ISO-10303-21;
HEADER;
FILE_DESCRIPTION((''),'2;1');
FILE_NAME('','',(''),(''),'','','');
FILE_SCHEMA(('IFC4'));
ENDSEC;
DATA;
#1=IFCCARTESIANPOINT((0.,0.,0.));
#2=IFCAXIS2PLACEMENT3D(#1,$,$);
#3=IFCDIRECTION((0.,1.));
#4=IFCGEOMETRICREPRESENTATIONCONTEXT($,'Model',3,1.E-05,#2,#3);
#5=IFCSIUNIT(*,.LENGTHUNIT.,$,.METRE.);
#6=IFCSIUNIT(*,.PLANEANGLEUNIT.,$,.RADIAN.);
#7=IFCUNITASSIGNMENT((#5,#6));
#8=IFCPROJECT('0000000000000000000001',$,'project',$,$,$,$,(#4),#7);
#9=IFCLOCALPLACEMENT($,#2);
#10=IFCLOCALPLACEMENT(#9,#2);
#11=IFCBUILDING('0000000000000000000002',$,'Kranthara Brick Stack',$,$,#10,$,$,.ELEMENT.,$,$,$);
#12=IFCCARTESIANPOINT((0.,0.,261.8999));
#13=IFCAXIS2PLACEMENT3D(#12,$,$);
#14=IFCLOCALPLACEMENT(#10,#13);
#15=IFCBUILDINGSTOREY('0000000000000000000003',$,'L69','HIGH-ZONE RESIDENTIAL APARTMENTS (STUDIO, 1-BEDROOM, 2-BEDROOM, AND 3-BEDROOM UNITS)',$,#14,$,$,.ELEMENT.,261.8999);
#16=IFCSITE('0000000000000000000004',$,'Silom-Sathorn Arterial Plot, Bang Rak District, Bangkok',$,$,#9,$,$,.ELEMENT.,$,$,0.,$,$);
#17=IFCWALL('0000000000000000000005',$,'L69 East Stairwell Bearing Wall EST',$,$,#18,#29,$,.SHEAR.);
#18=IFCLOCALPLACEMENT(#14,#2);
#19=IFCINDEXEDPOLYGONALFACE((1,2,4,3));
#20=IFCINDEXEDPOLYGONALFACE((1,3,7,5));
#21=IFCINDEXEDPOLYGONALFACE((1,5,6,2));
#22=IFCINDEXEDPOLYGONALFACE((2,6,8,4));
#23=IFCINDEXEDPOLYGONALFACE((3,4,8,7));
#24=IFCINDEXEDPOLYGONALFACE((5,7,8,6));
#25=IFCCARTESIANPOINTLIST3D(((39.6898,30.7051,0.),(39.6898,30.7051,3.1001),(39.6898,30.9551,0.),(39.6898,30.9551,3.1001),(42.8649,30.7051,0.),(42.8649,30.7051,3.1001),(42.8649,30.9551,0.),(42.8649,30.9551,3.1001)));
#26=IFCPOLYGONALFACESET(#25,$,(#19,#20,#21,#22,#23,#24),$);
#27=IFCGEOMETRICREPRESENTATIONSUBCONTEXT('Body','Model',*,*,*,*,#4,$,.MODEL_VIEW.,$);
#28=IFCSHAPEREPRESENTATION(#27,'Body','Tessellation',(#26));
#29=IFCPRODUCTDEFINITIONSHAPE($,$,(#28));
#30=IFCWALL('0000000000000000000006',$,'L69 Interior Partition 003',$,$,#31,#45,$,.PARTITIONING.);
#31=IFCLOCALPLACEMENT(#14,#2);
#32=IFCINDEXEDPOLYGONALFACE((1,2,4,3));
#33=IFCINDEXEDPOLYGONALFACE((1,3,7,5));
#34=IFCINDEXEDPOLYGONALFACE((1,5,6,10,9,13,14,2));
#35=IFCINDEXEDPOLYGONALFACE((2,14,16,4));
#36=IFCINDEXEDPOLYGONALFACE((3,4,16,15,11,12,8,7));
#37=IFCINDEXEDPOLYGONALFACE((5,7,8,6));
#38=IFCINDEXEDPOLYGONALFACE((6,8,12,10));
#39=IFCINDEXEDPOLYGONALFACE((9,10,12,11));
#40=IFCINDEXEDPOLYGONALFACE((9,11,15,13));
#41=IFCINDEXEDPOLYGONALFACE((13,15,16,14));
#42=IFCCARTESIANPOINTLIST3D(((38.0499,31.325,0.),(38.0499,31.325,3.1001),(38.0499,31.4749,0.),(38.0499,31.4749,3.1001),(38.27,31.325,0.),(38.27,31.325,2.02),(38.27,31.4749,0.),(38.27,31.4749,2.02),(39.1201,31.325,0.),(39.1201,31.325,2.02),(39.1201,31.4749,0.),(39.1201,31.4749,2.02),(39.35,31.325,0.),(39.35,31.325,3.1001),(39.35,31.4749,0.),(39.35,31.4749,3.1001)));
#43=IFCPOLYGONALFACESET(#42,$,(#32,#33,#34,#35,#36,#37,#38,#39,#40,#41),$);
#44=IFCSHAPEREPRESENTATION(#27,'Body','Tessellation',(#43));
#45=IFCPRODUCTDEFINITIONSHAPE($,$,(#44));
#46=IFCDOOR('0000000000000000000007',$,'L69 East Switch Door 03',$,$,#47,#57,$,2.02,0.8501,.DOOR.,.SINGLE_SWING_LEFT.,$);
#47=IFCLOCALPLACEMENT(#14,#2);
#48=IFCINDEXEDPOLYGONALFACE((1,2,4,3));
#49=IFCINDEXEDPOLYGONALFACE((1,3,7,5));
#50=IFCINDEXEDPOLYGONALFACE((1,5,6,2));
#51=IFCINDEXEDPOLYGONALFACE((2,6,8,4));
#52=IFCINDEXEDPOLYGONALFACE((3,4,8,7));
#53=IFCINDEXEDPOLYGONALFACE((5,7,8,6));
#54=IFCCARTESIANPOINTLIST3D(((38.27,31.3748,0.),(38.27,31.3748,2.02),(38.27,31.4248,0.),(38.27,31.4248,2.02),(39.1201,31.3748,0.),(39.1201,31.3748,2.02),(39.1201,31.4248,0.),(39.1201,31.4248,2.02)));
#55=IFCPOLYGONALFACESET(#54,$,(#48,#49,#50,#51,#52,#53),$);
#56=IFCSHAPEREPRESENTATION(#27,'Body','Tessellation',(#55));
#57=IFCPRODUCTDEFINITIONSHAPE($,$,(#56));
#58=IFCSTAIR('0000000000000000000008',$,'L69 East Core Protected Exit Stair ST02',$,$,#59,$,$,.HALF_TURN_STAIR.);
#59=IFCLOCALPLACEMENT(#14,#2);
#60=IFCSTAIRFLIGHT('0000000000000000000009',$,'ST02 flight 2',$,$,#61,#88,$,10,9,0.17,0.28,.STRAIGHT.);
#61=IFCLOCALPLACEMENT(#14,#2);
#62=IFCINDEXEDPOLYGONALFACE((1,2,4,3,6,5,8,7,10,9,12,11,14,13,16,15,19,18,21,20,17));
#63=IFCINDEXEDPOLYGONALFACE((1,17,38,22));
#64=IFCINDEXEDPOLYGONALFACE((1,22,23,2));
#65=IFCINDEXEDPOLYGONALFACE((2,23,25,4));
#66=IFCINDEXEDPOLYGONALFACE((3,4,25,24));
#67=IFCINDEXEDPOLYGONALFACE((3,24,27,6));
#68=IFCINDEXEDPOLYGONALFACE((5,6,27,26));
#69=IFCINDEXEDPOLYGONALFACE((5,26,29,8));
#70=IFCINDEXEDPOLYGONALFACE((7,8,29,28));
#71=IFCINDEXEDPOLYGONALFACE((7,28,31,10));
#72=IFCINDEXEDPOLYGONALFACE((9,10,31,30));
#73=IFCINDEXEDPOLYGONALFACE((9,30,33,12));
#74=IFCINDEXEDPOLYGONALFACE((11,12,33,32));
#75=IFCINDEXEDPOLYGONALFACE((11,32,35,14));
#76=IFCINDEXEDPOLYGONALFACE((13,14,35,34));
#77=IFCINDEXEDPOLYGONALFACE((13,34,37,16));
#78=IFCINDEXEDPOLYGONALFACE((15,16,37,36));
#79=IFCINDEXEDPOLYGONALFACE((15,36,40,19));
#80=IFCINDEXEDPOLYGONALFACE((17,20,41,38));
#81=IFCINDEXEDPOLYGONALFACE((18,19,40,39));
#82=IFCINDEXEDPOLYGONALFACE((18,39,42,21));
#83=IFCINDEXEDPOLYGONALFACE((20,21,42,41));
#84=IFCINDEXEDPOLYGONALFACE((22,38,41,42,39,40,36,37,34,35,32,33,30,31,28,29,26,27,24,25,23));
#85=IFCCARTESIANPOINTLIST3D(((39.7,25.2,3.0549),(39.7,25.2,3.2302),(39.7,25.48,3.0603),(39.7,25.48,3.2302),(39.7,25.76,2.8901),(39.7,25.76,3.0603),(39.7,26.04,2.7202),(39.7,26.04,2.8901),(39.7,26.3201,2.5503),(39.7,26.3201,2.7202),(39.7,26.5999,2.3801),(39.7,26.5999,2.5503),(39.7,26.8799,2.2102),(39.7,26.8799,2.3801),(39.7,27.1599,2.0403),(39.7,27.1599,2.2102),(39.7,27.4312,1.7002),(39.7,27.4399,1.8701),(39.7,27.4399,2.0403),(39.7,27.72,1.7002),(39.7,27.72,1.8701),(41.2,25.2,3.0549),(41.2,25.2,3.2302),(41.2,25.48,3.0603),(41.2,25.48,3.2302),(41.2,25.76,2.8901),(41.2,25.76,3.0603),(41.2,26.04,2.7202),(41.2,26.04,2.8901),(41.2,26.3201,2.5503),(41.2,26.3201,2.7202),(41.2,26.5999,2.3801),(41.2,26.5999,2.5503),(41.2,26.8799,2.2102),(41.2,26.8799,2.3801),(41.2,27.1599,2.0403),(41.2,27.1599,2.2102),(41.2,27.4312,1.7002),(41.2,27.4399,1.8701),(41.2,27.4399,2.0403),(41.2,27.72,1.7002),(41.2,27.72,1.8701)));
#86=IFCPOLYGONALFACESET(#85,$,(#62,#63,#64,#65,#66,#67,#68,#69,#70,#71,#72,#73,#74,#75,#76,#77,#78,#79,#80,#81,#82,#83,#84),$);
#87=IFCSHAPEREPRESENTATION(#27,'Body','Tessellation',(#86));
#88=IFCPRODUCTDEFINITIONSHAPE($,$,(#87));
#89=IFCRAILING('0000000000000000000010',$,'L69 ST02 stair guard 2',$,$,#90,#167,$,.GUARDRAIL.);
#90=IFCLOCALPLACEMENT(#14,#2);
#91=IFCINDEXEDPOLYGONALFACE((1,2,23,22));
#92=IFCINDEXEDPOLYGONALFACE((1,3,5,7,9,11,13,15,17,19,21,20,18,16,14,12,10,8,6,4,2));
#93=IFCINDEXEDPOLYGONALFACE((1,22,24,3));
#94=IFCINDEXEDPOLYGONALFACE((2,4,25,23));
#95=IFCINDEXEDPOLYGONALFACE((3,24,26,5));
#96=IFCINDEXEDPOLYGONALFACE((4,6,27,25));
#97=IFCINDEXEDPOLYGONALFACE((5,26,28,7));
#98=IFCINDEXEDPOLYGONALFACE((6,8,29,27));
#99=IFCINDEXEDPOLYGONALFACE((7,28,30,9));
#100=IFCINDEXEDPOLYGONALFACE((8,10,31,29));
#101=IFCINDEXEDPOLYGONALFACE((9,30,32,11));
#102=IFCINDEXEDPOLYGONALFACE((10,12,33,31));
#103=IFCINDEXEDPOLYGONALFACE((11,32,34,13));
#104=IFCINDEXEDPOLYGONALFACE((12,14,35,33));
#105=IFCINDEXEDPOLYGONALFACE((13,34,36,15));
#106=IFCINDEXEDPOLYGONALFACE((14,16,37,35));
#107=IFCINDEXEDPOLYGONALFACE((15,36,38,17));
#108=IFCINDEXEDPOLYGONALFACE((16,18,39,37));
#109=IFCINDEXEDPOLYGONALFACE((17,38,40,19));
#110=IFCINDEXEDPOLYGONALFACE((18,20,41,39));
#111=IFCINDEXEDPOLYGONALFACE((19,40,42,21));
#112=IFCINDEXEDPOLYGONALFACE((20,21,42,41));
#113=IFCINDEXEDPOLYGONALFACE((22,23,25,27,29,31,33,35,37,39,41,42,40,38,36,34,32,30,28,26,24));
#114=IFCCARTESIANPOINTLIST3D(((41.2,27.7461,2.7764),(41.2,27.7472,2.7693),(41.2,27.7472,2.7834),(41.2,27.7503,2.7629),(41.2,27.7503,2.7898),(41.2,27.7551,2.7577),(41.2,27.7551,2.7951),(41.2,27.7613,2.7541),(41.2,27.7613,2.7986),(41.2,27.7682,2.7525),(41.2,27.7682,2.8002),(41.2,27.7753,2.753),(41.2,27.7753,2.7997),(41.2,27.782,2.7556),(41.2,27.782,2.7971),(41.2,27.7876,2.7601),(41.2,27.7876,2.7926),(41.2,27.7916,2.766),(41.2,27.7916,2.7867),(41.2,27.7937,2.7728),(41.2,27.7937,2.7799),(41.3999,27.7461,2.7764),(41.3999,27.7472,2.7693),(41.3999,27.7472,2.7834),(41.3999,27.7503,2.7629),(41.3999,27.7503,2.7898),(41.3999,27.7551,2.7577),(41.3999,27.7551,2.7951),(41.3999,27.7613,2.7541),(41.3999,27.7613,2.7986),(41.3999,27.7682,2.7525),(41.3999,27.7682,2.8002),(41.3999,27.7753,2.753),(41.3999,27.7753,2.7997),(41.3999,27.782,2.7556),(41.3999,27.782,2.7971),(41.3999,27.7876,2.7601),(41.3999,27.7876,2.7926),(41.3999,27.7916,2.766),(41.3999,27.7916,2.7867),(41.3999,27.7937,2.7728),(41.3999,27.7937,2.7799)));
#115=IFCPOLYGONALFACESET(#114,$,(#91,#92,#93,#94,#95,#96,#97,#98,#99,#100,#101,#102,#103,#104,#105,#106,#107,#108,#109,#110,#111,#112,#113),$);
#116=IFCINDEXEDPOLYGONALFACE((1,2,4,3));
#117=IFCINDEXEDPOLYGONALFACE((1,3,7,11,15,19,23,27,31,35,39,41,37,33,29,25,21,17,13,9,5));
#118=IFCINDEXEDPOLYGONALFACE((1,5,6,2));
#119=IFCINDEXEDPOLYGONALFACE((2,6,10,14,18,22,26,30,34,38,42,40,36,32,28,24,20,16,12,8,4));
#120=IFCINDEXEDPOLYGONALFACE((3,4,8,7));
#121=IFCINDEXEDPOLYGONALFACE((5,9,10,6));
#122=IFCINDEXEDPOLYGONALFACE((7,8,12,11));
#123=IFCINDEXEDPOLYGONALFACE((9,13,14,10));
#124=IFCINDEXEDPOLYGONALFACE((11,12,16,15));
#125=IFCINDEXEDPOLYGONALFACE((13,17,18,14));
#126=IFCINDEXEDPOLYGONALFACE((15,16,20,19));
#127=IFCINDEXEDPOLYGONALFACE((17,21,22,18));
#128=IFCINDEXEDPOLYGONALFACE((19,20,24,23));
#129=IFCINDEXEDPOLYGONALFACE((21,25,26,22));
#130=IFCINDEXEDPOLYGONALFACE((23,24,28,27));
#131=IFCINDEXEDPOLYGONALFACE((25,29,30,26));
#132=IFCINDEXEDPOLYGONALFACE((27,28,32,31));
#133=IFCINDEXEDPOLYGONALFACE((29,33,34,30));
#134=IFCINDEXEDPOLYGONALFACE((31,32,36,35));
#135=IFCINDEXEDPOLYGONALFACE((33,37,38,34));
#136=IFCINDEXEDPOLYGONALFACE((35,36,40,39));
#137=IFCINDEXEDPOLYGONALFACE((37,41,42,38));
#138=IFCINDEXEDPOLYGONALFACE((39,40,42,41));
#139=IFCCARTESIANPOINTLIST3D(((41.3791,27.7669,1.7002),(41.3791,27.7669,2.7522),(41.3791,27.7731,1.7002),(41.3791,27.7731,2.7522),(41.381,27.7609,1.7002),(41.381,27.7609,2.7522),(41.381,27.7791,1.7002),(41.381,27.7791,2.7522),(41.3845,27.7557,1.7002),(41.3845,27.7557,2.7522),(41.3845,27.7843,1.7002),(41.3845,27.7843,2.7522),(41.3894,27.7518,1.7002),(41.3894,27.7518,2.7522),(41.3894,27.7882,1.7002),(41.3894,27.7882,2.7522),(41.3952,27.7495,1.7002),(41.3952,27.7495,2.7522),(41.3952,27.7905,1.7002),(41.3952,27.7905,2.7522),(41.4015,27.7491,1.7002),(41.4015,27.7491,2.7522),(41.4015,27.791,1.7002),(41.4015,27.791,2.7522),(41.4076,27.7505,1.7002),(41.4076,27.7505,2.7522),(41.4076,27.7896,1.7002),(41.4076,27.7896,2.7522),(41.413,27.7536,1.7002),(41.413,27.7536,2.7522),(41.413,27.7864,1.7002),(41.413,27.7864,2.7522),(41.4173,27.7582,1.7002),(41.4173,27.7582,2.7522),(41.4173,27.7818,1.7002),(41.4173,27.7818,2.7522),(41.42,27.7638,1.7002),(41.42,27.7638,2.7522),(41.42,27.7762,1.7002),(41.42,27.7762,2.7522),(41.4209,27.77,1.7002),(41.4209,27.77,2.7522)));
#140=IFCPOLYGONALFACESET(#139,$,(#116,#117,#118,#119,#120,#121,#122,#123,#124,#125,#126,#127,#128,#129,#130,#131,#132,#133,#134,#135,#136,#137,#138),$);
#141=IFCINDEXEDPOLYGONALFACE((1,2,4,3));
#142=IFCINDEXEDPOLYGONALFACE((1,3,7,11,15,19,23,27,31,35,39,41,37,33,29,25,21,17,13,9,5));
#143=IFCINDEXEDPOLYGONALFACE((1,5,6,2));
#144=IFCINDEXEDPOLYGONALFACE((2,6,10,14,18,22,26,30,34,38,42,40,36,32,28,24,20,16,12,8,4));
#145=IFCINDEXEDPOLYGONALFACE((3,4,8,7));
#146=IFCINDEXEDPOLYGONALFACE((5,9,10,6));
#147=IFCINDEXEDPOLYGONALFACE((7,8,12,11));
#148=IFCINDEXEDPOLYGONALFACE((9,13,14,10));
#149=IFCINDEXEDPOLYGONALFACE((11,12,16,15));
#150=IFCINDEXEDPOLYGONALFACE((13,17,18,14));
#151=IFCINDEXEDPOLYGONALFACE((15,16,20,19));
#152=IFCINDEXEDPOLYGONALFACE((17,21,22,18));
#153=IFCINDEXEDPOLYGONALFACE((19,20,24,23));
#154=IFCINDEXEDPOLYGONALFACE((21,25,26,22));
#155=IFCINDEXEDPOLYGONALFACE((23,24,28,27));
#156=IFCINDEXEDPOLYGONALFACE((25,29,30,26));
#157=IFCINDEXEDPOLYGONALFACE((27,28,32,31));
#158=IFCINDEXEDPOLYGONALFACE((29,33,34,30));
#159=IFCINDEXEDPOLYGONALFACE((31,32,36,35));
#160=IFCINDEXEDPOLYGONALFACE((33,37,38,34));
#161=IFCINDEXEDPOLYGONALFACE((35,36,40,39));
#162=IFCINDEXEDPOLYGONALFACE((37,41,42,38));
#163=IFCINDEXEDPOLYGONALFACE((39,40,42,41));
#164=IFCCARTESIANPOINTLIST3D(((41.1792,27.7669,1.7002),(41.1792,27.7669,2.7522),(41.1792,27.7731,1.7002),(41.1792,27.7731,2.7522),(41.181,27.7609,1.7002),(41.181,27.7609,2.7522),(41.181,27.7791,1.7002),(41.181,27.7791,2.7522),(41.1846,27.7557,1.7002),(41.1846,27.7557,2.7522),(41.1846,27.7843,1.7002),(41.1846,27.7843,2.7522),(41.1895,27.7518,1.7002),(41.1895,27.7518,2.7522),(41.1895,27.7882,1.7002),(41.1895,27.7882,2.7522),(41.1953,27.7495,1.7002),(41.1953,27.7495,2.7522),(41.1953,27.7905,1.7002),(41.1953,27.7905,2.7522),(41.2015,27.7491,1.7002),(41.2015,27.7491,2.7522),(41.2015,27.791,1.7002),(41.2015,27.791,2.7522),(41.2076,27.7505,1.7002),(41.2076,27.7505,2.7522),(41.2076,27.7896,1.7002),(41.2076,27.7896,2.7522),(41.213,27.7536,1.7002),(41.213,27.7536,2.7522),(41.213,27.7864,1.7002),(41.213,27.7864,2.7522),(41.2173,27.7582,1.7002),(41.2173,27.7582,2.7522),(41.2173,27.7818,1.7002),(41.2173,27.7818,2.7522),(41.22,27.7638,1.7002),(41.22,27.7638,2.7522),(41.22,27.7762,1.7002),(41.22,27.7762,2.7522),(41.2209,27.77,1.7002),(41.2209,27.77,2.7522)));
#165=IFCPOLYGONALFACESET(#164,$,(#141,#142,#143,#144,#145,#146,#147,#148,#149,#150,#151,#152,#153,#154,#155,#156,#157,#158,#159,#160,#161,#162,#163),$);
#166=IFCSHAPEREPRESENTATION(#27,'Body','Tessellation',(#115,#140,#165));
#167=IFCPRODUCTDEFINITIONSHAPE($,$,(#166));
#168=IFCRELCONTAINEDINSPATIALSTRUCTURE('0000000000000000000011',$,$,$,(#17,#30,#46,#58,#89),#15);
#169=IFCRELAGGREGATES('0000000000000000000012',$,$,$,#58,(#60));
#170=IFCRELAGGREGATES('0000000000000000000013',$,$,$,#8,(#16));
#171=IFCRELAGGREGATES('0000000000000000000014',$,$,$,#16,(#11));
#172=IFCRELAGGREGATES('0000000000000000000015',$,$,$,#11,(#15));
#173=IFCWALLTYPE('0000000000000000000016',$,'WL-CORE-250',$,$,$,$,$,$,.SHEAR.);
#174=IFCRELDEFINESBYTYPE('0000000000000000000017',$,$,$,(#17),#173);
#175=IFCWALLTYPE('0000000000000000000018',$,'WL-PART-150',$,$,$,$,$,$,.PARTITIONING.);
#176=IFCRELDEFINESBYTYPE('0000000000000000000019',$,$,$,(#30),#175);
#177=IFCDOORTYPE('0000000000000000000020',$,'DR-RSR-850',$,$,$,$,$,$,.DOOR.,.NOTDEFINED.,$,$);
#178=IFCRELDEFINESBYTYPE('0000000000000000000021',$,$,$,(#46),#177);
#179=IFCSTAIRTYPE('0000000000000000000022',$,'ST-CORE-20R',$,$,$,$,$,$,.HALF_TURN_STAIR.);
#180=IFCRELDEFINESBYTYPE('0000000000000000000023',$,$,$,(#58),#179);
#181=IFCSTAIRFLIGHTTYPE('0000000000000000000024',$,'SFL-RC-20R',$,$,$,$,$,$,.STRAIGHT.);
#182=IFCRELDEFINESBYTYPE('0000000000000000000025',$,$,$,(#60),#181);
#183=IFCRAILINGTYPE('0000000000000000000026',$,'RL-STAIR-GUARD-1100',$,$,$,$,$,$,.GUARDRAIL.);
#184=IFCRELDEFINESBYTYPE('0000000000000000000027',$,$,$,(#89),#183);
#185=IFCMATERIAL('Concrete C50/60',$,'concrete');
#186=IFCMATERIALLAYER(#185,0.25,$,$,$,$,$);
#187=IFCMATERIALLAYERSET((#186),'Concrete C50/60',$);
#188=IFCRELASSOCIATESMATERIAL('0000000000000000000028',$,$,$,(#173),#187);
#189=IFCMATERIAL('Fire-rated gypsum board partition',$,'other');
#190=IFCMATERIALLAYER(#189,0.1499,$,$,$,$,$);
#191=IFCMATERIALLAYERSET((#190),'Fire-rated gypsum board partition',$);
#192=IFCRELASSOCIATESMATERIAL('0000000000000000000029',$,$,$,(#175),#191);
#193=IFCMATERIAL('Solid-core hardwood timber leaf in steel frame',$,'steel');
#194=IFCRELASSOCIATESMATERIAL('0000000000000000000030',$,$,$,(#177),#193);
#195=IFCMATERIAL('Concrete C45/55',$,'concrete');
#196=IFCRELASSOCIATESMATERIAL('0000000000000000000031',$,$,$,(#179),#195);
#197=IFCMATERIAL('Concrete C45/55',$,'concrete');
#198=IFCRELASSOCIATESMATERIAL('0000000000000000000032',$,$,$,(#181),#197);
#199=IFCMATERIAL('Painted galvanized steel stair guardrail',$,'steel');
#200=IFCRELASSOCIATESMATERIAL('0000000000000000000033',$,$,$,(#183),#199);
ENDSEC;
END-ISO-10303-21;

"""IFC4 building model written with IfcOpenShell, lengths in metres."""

from ifc_helpers import new_model, si_unit, direction, frame, frame_2d, origin, origin_2d, place, context, subcontext, project, spatial, polyline, rectangle, circle, outline, extrude, material, layer, layer_set, type_object, element, fill, aggregate, save


model = new_model("IFC4")

# Units and contexts
model_context = context("Model", 3, precision=1e-05, world=origin(), true_north=direction((0.0, 1.0)))
body_context = subcontext(model_context, "Body", "Model", "MODEL_VIEW")
ifc_project = project(units=[si_unit("LENGTHUNIT", "METRE"), si_unit("PLANEANGLEUNIT", "RADIAN")], contexts=[model_context])

# Site, building, storey
site_placement = place(None, origin())
site = spatial("IfcSite", under=ifc_project, at=site_placement, Name="Silom-Sathorn Arterial Plot, Bang Rak District, Bangkok", CompositionType="ELEMENT", RefElevation=0.0)
building_placement = place(site_placement, origin())
building = spatial("IfcBuilding", under=site, at=building_placement, Name="Kranthara Brick Stack", CompositionType="ELEMENT")
storey_placement = place(building_placement, frame((0.0, 0.0, 261.8999)))
storey = spatial("IfcBuildingStorey", under=building, at=storey_placement, Name="L69", Description="HIGH-ZONE RESIDENTIAL APARTMENTS (STUDIO, 1-BEDROOM, 2-BEDROOM, AND 3-BEDROOM UNITS)", CompositionType="ELEMENT", Elevation=261.8999)

# Wall
ifc_material_1 = material(Name="Concrete C50/60", Category="concrete")
ifc_layer_1 = layer(ifc_material_1, 0.25)
ifc_layer_set_1 = layer_set([ifc_layer_1], Name="Concrete C50/60")
wall_type_1 = type_object("IfcWallType", Name="WL-CORE-250", PredefinedType="SHEAR", material=ifc_layer_set_1)
wall_1_placement = place(storey_placement, frame((39.6899, 30.8301, 0.0), z_axis=(0.0, 0.0, 1.0), x_axis=(1.0, 0.0, 0.0)))
element("IfcWall", 1, at=wall_1_placement, inside=storey, type_object=wall_type_1, Name="L69 East Stairwell Bearing Wall EST", PredefinedType="SHEAR", context=body_context, shape_type="SweptSolid", body=[
    extrude(rectangle(XDim=3.175, YDim=0.25, at=frame_2d((1.5874, 0.0))), origin(), (0.0, 0.0, 1.0), 3.1001),
])

# Wall, opening, door
ifc_material_2 = material(Name="Fire-rated gypsum board partition", Category="other")
ifc_layer_2 = layer(ifc_material_2, 0.1499)
ifc_layer_set_2 = layer_set([ifc_layer_2], Name="Fire-rated gypsum board partition")
wall_type_2 = type_object("IfcWallType", Name="WL-PART-150", PredefinedType="PARTITIONING", material=ifc_layer_set_2)
wall_2_placement = place(storey_placement, frame((38.05, 31.3999, 0.0), z_axis=(0.0, 0.0, 1.0), x_axis=(1.0, 0.0, 0.0)))
wall_2 = element("IfcWall", 2, at=wall_2_placement, inside=storey, type_object=wall_type_2, Name="L69 Interior Partition 003", PredefinedType="PARTITIONING", context=body_context, shape_type="SweptSolid", body=[
    extrude(rectangle(XDim=1.3, YDim=0.1499, at=frame_2d((0.6499, 0.0))), origin(), (0.0, 0.0, 1.0), 3.1001),
])
opening_placement = place(wall_2_placement, frame((0.22, 0.0, 0.0)))
opening = element("IfcOpeningElement", 3, at=opening_placement, cuts=wall_2, PredefinedType="OPENING", context=body_context, shape_type="SweptSolid", body=[
    extrude(rectangle(XDim=0.8501, YDim=2.02, at=frame_2d((0.425, 1.01))), frame((0.0, 0.085, 0.0), z_axis=(0.0, -1.0, 0.0), x_axis=(1.0, 0.0, 0.0)), (0.0, 0.0, 1.0), 0.1699),
])
ifc_material_3 = material(Name="Solid-core hardwood timber leaf in steel frame", Category="steel")
door_type = type_object("IfcDoorType", Name="DR-RSR-850", OperationType="NOTDEFINED", PredefinedType="DOOR", material=ifc_material_3)
door_placement = place(opening_placement, origin())
door = element("IfcDoor", 4, at=door_placement, inside=storey, type_object=door_type, Name="L69 East Switch Door 03", OperationType="SINGLE_SWING_LEFT", OverallHeight=2.02, OverallWidth=0.8501, PredefinedType="DOOR", context=body_context, shape_type="SweptSolid", body=[
    extrude(rectangle(XDim=0.8501, YDim=2.02, at=frame_2d((0.425, 1.01))), frame((0.0, 0.0249, 0.0), z_axis=(0.0, -1.0, 0.0), x_axis=(1.0, 0.0, 0.0)), (0.0, 0.0, 1.0), 0.05),
])
fill(opening, door)

# Stair, stair flight
ifc_material_4 = material(Name="Concrete C45/55", Category="concrete")
stair_type = type_object("IfcStairType", Name="ST-CORE-20R", PredefinedType="HALF_TURN_STAIR", material=ifc_material_4)
stair_placement = place(storey_placement, origin())
stair = element("IfcStair", 5, at=stair_placement, inside=storey, type_object=stair_type, Name="L69 East Core Protected Exit Stair ST02", PredefinedType="HALF_TURN_STAIR")
ifc_material_5 = material(Name="Concrete C45/55", Category="concrete")
stair_flight_type = type_object("IfcStairFlightType", Name="SFL-RC-20R", PredefinedType="STRAIGHT", material=ifc_material_5)
stair_flight_placement = place(storey_placement, frame((40.45, 27.72, 1.7002), z_axis=(0.0, 0.0, 1.0), x_axis=(0.0, -1.0, 0.0)))
stair_flight = element("IfcStairFlight", 6, at=stair_flight_placement, type_object=stair_flight_type, Name="ST02 flight 2", NumberOfRisers=10, NumberOfTreads=9, PredefinedType="STRAIGHT", RiserHeight=0.17, TreadLength=0.28, context=body_context, shape_type="SweptSolid", body=[
    extrude(outline(polyline([(0.0, 0.0), (0.0, 0.1699), (0.28, 0.1699), (0.28, 0.3401), (0.5601, 0.3401), (0.5601, 0.51), (0.8401, 0.51), (0.8401, 0.6799), (1.1201, 0.6799), (1.1201, 0.8501), (1.3999, 0.8501), (1.3999, 1.02), (1.6799, 1.02), (1.6799, 1.1899), (1.96, 1.1899), (1.96, 1.3601), (2.24, 1.3601), (2.24, 1.53), (2.52, 1.53), (2.52, 1.7), (2.52, 1.3547), (0.2888, 0.0), (0.0, 0.0)])), frame((0.0, 0.75, 0.0), z_axis=(0.0, -1.0, 0.0), x_axis=(1.0, 0.0, 0.0)), (0.0, 0.0, 1.0), 1.5),
])
aggregate(stair, [stair_flight])

# Railing
ifc_material_6 = material(Name="Painted galvanized steel stair guardrail", Category="steel")
railing_type_1 = type_object("IfcRailingType", Name="RL-STAIR-GUARD-1100", PredefinedType="GUARDRAIL", material=ifc_material_6)
railing_1_placement = place(storey_placement, frame((41.3999, 27.77, 1.7002)))
element("IfcRailing", 7, at=railing_1_placement, inside=storey, type_object=railing_type_1, Name="L69 ST02 stair guard 2", PredefinedType="GUARDRAIL", context=body_context, shape_type="SweptSolid", body=[
    extrude(circle(Radius=0.0239, at=origin_2d()), frame((0.0, 0.0, 1.0762), z_axis=(-1.0, 0.0, 0.0), x_axis=(0.0, -1.0, 0.0)), (0.0, 0.0, 1.0), 0.2),
    extrude(circle(Radius=0.021, at=origin_2d()), origin(), (0.0, 0.0, 1.0), 1.052),
    extrude(circle(Radius=0.021, at=origin_2d()), frame((-0.2, 0.0, 0.0)), (0.0, 0.0, 1.0), 1.052),
])

save(model, "model.ifc")
